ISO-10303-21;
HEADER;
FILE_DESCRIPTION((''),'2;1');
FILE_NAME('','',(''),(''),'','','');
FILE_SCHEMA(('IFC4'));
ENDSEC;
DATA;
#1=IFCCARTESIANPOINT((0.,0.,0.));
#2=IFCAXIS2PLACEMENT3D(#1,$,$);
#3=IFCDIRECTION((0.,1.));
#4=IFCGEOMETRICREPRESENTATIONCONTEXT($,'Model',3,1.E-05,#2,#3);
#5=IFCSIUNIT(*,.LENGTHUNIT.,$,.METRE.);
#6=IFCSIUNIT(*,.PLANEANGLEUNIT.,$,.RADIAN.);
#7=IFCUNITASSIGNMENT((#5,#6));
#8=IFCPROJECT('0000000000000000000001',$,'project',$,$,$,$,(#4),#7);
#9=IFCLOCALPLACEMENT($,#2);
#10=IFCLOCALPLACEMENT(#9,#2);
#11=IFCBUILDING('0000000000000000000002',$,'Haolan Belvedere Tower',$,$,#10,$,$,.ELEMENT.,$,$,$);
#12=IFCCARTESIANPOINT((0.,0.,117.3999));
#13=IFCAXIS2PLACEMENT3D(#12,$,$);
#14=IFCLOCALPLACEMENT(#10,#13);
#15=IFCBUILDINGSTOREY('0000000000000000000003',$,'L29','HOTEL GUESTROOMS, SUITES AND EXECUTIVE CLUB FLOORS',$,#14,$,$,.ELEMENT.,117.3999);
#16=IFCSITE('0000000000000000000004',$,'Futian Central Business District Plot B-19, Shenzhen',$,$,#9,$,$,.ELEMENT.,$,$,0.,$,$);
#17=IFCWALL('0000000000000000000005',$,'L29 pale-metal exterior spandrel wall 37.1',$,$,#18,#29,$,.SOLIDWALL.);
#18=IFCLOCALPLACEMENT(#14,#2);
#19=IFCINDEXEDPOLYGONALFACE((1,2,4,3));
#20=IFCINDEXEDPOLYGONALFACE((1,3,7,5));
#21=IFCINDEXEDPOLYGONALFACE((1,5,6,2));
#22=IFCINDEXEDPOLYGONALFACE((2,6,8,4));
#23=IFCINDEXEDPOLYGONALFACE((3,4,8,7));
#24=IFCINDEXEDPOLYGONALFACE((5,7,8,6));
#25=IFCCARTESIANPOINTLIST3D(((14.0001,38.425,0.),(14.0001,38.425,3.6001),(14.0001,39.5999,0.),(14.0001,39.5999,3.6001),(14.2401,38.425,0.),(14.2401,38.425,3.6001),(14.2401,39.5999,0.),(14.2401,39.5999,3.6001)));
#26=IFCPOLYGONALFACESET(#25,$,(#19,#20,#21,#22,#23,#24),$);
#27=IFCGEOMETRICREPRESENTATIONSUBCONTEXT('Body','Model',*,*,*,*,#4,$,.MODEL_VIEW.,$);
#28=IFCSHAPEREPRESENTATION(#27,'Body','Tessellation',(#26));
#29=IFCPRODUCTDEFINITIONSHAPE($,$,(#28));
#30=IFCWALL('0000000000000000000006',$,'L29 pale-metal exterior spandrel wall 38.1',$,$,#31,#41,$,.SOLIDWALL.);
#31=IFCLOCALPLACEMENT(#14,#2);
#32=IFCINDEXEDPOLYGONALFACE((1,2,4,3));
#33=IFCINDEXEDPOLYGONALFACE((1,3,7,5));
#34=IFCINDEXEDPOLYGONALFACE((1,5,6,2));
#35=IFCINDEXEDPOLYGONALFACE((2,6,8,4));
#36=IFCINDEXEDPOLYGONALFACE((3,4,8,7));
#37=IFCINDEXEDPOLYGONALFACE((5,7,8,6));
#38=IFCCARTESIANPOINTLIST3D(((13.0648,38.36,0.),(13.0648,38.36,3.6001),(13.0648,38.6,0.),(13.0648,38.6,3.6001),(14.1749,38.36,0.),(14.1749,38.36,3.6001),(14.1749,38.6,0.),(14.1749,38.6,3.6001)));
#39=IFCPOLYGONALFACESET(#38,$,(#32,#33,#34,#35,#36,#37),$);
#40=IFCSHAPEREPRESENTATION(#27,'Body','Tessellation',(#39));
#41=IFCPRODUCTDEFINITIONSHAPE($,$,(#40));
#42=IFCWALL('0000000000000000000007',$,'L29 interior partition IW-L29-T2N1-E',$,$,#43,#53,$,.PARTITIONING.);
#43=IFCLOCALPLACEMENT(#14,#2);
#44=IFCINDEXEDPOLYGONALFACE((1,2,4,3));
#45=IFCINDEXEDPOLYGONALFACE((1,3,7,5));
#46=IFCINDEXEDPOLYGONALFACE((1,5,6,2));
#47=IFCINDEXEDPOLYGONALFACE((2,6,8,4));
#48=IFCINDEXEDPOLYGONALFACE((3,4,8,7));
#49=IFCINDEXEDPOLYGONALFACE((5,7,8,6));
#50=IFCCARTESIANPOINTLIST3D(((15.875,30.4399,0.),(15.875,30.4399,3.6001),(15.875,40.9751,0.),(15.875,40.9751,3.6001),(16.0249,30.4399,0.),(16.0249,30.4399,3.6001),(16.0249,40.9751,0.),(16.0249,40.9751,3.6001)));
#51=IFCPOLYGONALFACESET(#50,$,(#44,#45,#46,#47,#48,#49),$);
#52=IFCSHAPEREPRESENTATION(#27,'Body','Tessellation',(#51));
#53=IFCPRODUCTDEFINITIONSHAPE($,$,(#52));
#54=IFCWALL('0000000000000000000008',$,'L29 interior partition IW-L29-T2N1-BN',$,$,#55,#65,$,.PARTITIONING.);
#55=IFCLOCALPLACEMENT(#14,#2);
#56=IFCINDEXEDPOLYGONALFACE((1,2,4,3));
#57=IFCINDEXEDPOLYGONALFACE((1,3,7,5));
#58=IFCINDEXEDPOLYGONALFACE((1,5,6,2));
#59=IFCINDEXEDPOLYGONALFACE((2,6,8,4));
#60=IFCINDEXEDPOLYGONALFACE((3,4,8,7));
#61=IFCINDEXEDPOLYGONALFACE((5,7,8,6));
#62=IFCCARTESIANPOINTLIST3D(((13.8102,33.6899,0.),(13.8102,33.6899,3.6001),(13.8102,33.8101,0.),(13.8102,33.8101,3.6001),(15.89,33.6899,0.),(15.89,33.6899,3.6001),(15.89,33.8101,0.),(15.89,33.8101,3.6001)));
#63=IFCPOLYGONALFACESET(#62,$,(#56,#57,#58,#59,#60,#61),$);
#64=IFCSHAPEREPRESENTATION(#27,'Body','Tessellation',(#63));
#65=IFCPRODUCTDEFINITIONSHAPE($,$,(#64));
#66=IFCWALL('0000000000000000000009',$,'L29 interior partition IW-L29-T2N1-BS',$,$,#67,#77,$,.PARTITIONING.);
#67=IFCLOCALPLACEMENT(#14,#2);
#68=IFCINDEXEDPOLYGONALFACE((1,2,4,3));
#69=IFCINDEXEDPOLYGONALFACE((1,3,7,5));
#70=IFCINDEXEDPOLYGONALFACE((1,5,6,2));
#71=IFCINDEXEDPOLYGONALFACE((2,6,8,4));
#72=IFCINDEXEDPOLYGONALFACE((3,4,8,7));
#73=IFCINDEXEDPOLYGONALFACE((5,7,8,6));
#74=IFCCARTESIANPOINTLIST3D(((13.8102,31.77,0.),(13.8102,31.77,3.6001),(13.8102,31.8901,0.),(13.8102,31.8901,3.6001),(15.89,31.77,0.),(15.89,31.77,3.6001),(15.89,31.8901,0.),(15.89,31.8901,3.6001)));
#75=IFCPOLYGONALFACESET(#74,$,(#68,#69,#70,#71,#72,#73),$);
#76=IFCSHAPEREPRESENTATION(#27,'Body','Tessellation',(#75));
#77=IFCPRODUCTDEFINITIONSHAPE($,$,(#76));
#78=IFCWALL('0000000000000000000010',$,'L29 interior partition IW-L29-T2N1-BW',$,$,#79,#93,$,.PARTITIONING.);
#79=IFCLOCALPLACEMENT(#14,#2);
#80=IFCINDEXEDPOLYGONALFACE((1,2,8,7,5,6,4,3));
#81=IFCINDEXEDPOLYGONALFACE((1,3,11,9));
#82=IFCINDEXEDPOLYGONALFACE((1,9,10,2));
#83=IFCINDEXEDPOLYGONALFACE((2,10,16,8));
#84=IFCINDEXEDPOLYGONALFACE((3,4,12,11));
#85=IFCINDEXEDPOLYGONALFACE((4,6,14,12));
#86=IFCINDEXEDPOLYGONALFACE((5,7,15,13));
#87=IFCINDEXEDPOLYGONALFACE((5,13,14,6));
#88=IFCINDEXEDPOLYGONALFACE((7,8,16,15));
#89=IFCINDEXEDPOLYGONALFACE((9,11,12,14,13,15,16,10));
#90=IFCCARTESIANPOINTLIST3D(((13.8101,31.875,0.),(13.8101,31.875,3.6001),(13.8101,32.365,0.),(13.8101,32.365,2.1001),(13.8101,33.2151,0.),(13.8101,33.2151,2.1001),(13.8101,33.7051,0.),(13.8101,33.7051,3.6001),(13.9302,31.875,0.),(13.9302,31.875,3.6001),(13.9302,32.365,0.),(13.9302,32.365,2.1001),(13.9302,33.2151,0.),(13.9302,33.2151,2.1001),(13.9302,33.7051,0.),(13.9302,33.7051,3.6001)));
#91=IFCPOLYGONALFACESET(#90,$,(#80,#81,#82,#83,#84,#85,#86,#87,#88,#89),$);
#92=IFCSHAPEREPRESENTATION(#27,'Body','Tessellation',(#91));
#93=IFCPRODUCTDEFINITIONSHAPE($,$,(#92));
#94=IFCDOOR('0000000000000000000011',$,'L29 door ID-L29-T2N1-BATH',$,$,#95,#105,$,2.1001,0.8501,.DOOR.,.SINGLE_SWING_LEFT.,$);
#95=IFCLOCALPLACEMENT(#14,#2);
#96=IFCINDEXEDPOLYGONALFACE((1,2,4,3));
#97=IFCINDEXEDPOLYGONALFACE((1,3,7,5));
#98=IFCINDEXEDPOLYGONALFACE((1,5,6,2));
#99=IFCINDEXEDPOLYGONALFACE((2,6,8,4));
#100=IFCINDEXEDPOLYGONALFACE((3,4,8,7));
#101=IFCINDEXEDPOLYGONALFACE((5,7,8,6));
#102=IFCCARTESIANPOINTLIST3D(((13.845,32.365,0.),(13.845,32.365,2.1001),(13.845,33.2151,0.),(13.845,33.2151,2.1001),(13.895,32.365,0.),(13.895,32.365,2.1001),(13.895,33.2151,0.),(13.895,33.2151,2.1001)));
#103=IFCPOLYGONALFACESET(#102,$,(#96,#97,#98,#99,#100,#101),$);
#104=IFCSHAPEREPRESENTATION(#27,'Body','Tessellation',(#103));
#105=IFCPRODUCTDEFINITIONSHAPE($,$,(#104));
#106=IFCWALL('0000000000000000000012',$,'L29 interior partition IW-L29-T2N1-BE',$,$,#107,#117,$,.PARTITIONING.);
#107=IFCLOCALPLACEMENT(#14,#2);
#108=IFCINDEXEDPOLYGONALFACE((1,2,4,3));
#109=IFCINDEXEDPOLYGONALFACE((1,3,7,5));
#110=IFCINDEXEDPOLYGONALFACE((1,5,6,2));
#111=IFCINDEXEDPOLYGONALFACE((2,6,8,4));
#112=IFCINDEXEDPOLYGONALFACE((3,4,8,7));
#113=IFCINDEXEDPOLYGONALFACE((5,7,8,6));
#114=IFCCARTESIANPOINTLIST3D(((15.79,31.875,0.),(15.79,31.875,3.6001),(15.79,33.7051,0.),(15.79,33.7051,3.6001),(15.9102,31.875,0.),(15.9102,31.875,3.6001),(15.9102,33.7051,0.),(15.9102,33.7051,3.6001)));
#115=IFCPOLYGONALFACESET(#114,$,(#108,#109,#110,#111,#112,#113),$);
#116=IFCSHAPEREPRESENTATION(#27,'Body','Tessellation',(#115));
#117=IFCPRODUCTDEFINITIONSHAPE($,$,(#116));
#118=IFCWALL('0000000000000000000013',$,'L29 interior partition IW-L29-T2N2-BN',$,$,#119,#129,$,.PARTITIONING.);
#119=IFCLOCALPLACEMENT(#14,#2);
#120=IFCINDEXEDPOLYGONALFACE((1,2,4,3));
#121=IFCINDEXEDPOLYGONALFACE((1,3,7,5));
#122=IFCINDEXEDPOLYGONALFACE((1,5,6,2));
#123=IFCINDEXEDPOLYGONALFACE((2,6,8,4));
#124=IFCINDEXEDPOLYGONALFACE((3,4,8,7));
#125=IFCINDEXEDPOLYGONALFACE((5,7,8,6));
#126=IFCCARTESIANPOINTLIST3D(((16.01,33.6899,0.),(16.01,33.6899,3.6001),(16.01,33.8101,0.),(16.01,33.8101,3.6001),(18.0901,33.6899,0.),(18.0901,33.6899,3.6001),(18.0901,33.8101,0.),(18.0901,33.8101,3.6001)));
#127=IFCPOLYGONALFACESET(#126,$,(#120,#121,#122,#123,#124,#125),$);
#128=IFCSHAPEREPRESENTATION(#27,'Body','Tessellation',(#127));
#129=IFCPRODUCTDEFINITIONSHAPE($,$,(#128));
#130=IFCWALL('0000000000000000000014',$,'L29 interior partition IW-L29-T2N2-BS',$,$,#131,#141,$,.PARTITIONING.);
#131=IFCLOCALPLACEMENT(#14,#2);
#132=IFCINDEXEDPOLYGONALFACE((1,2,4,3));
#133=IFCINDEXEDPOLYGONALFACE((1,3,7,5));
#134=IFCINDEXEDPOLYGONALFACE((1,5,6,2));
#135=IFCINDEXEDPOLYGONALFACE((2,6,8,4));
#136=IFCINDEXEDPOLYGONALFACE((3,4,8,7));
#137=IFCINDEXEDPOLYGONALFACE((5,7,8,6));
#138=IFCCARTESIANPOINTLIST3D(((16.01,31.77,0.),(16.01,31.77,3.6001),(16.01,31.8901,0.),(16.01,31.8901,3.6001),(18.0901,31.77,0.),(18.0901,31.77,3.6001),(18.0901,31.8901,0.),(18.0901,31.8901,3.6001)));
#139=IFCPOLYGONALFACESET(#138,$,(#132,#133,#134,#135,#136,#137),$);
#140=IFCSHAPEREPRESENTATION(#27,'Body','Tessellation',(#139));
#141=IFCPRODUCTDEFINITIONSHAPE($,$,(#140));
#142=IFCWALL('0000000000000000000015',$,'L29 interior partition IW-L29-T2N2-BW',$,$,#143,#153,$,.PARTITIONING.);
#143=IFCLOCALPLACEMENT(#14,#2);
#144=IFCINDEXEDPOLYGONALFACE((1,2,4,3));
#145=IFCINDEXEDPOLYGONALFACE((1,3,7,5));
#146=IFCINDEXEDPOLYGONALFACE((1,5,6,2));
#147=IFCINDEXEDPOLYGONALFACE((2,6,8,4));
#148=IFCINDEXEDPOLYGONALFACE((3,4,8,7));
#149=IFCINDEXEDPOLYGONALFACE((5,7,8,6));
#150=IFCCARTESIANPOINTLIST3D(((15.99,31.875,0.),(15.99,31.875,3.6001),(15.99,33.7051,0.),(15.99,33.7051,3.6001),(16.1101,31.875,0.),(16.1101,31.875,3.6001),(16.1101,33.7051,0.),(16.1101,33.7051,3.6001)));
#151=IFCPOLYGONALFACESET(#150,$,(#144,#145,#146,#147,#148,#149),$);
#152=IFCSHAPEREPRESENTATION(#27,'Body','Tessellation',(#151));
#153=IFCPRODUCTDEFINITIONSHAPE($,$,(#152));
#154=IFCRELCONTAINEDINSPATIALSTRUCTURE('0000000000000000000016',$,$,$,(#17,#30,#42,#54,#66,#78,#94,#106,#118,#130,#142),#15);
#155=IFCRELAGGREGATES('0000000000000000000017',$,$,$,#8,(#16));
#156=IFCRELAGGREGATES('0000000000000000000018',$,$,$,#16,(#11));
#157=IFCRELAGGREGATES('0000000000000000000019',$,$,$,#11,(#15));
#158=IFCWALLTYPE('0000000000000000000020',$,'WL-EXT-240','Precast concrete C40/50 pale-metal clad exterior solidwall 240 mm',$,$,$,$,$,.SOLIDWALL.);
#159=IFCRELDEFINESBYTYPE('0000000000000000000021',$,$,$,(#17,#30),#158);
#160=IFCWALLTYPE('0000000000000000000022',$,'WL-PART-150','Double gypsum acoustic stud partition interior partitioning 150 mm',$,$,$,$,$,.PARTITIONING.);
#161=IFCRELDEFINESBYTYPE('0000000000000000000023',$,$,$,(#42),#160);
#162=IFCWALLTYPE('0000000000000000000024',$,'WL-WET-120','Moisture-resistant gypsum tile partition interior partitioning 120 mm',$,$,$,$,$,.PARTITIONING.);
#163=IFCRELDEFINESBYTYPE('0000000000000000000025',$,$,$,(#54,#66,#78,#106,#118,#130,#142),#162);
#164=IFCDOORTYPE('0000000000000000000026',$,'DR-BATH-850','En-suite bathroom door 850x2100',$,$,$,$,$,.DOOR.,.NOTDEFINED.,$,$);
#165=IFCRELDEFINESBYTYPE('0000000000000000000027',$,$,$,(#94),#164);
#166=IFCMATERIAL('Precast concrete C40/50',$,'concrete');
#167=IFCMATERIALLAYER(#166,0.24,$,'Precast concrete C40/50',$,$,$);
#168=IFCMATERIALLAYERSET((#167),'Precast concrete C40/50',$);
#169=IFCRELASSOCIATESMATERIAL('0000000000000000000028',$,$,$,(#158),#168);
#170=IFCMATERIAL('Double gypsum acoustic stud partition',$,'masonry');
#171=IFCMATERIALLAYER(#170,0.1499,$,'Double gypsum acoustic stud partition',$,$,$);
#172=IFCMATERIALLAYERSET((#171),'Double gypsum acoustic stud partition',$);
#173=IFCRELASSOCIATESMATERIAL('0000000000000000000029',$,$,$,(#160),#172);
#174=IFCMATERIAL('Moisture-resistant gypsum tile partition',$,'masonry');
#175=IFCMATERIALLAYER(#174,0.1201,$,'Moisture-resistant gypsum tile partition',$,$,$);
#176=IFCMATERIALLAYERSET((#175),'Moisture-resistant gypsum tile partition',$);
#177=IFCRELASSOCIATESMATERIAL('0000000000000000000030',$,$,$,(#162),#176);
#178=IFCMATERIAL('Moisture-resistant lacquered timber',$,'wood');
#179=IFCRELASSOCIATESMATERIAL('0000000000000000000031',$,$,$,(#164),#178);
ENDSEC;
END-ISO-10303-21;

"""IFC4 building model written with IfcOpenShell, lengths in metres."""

from ifc_helpers import new_model, si_unit, direction, frame, frame_2d, origin, place, context, subcontext, project, spatial, rectangle, extrude, material, layer, layer_set, type_object, element, fill, save


model = new_model("IFC4")

# Units and contexts
model_context = context("Model", 3, precision=1e-05, world=origin(), true_north=direction((0.0, 1.0)))
body_context = subcontext(model_context, "Body", "Model", "MODEL_VIEW")
ifc_project = project(units=[si_unit("LENGTHUNIT", "METRE"), si_unit("PLANEANGLEUNIT", "RADIAN")], contexts=[model_context])

# Site, building, storey
site_placement = place(None, origin())
site = spatial("IfcSite", under=ifc_project, at=site_placement, Name="Futian Central Business District Plot B-19, Shenzhen", CompositionType="ELEMENT", RefElevation=0.0)
building_placement = place(site_placement, origin())
building = spatial("IfcBuilding", under=site, at=building_placement, Name="Haolan Belvedere Tower", CompositionType="ELEMENT")
storey_placement = place(building_placement, frame((0.0, 0.0, 117.3999)))
storey = spatial("IfcBuildingStorey", under=building, at=storey_placement, Name="L29", Description="HOTEL GUESTROOMS, SUITES AND EXECUTIVE CLUB FLOORS", CompositionType="ELEMENT", Elevation=117.3999)

# Walls
ifc_material_1 = material(Name="Precast concrete C40/50", Category="concrete")
ifc_layer_1 = layer(ifc_material_1, 0.24, Name="Precast concrete C40/50")
ifc_layer_set_1 = layer_set([ifc_layer_1], Name="Precast concrete C40/50")
wall_type_1 = type_object("IfcWallType", Name="WL-EXT-240", Description="Precast concrete C40/50 pale-metal clad exterior solidwall 240 mm", PredefinedType="SOLIDWALL", material=ifc_layer_set_1)
wall_1_placement = place(storey_placement, frame((14.1201, 39.5999, 0.0), z_axis=(0.0, 0.0, 1.0), x_axis=(0.0, -1.0, 0.0)))
element("IfcWall", 1, at=wall_1_placement, inside=storey, type_object=wall_type_1, Name="L29 pale-metal exterior spandrel wall 37.1", PredefinedType="SOLIDWALL", context=body_context, shape_type="SweptSolid", body=[
    extrude(rectangle(XDim=1.1748, YDim=0.24, at=frame_2d((0.5874, 0.0))), origin(), (0.0, 0.0, 1.0), 3.6001),
])
wall_2_placement = place(storey_placement, frame((14.175, 38.48, 0.0), z_axis=(0.0, 0.0, 1.0), x_axis=(-1.0, 0.0, 0.0)))
element("IfcWall", 2, at=wall_2_placement, inside=storey, type_object=wall_type_1, Name="L29 pale-metal exterior spandrel wall 38.1", PredefinedType="SOLIDWALL", context=body_context, shape_type="SweptSolid", body=[
    extrude(rectangle(XDim=1.1101, YDim=0.24, at=frame_2d((0.5552, 0.0))), origin(), (0.0, 0.0, 1.0), 3.6001),
])
ifc_material_2 = material(Name="Double gypsum acoustic stud partition", Category="masonry")
ifc_layer_2 = layer(ifc_material_2, 0.1499, Name="Double gypsum acoustic stud partition")
ifc_layer_set_2 = layer_set([ifc_layer_2], Name="Double gypsum acoustic stud partition")
wall_type_2 = type_object("IfcWallType", Name="WL-PART-150", Description="Double gypsum acoustic stud partition interior partitioning 150 mm", PredefinedType="PARTITIONING", material=ifc_layer_set_2)
wall_3_placement = place(storey_placement, frame((15.95, 30.4399, 0.0), z_axis=(0.0, 0.0, 1.0), x_axis=(0.0, 1.0, 0.0)))
element("IfcWall", 3, at=wall_3_placement, inside=storey, type_object=wall_type_2, Name="L29 interior partition IW-L29-T2N1-E", PredefinedType="PARTITIONING", context=body_context, shape_type="SweptSolid", body=[
    extrude(rectangle(XDim=10.5352, YDim=0.1499, at=frame_2d((5.2676, 0.0))), origin(), (0.0, 0.0, 1.0), 3.6001),
])

# Walls
ifc_material_3 = material(Name="Moisture-resistant gypsum tile partition", Category="masonry")
ifc_layer_3 = layer(ifc_material_3, 0.1201, Name="Moisture-resistant gypsum tile partition")
ifc_layer_set_3 = layer_set([ifc_layer_3], Name="Moisture-resistant gypsum tile partition")
wall_type_3 = type_object("IfcWallType", Name="WL-WET-120", Description="Moisture-resistant gypsum tile partition interior partitioning 120 mm", PredefinedType="PARTITIONING", material=ifc_layer_set_3)
for number, where, z_axis, x_axis, name in (
    (4, (13.8101, 33.75, 0.0), (0.0, 0.0, 1.0), (1.0, 0.0, 0.0), "L29 interior partition IW-L29-T2N1-BN"),
    (5, (13.8101, 31.8301, 0.0), (0.0, 0.0, 1.0), (1.0, 0.0, 0.0), "L29 interior partition IW-L29-T2N1-BS"),
):
    element("IfcWall", number, at=place(storey_placement, frame(where, z_axis=z_axis, x_axis=x_axis)), inside=storey, type_object=wall_type_3, Name=name, PredefinedType="PARTITIONING", context=body_context, shape_type="SweptSolid", body=[
        extrude(rectangle(XDim=2.0798, YDim=0.1201, at=frame_2d((1.04, 0.0))), origin(), (0.0, 0.0, 1.0), 3.6001),
    ])

# Wall, opening, door
wall_4_placement = place(storey_placement, frame((13.8701, 31.875, 0.0), z_axis=(0.0, 0.0, 1.0), x_axis=(0.0, 1.0, 0.0)))
wall_4 = element("IfcWall", 6, at=wall_4_placement, inside=storey, type_object=wall_type_3, Name="L29 interior partition IW-L29-T2N1-BW", PredefinedType="PARTITIONING", context=body_context, shape_type="SweptSolid", body=[
    extrude(rectangle(XDim=1.8301, YDim=0.1201, at=frame_2d((0.915, 0.0))), origin(), (0.0, 0.0, 1.0), 3.6001),
])
opening_1_placement = place(wall_4_placement, frame((1.3401, 0.0, 0.0), z_axis=(0.0, 0.0, 1.0), x_axis=(-1.0, 0.0, 0.0)))
opening_1 = element("IfcOpeningElement", 7, at=opening_1_placement, cuts=wall_4, PredefinedType="OPENING", context=body_context, shape_type="SweptSolid", body=[
    extrude(rectangle(XDim=0.8501, YDim=2.1001, at=frame_2d((0.425, 1.05))), frame((0.0, 0.0701, 0.0), z_axis=(0.0, -1.0, 0.0), x_axis=(1.0, 0.0, 0.0)), (0.0, 0.0, 1.0), 0.1401),
])
ifc_material_4 = material(Name="Moisture-resistant lacquered timber", Category="wood")
door_type_1 = type_object("IfcDoorType", Name="DR-BATH-850", Description="En-suite bathroom door 850x2100", OperationType="NOTDEFINED", PredefinedType="DOOR", material=ifc_material_4)
door_1_placement = place(opening_1_placement, origin())
door_1 = element("IfcDoor", 8, at=door_1_placement, inside=storey, type_object=door_type_1, Name="L29 door ID-L29-T2N1-BATH", OperationType="SINGLE_SWING_LEFT", OverallHeight=2.1001, OverallWidth=0.8501, PredefinedType="DOOR", context=body_context, shape_type="SweptSolid", body=[
    extrude(rectangle(XDim=0.8501, YDim=2.1001, at=frame_2d((0.425, 1.05))), frame((0.0, 0.0249, 0.0), z_axis=(0.0, -1.0, 0.0), x_axis=(1.0, 0.0, 0.0)), (0.0, 0.0, 1.0), 0.05),
])
fill(opening_1, door_1)

# Walls
wall_5_placement = place(storey_placement, frame((15.8501, 31.875, 0.0), z_axis=(0.0, 0.0, 1.0), x_axis=(0.0, 1.0, 0.0)))
element("IfcWall", 9, at=wall_5_placement, inside=storey, type_object=wall_type_3, Name="L29 interior partition IW-L29-T2N1-BE", PredefinedType="PARTITIONING", context=body_context, shape_type="SweptSolid", body=[
    extrude(rectangle(XDim=1.8301, YDim=0.1201, at=frame_2d((0.915, 0.0))), origin(), (0.0, 0.0, 1.0), 3.6001),
])
for number, where, z_axis, x_axis, name in (
    (10, (16.01, 33.75, 0.0), (0.0, 0.0, 1.0), (1.0, 0.0, 0.0), "L29 interior partition IW-L29-T2N2-BN"),
    (11, (16.01, 31.8301, 0.0), (0.0, 0.0, 1.0), (1.0, 0.0, 0.0), "L29 interior partition IW-L29-T2N2-BS"),
):
    element("IfcWall", number, at=place(storey_placement, frame(where, z_axis=z_axis, x_axis=x_axis)), inside=storey, type_object=wall_type_3, Name=name, PredefinedType="PARTITIONING", context=body_context, shape_type="SweptSolid", body=[
        extrude(rectangle(XDim=2.0801, YDim=0.1201, at=frame_2d((1.04, 0.0))), origin(), (0.0, 0.0, 1.0), 3.6001),
    ])
wall_6_placement = place(storey_placement, frame((16.05, 31.875, 0.0), z_axis=(0.0, 0.0, 1.0), x_axis=(0.0, 1.0, 0.0)))
element("IfcWall", 12, at=wall_6_placement, inside=storey, type_object=wall_type_3, Name="L29 interior partition IW-L29-T2N2-BW", PredefinedType="PARTITIONING", context=body_context, shape_type="SweptSolid", body=[
    extrude(rectangle(XDim=1.8301, YDim=0.1201, at=frame_2d((0.915, 0.0))), origin(), (0.0, 0.0, 1.0), 3.6001),
])

save(model, "model.ifc")
